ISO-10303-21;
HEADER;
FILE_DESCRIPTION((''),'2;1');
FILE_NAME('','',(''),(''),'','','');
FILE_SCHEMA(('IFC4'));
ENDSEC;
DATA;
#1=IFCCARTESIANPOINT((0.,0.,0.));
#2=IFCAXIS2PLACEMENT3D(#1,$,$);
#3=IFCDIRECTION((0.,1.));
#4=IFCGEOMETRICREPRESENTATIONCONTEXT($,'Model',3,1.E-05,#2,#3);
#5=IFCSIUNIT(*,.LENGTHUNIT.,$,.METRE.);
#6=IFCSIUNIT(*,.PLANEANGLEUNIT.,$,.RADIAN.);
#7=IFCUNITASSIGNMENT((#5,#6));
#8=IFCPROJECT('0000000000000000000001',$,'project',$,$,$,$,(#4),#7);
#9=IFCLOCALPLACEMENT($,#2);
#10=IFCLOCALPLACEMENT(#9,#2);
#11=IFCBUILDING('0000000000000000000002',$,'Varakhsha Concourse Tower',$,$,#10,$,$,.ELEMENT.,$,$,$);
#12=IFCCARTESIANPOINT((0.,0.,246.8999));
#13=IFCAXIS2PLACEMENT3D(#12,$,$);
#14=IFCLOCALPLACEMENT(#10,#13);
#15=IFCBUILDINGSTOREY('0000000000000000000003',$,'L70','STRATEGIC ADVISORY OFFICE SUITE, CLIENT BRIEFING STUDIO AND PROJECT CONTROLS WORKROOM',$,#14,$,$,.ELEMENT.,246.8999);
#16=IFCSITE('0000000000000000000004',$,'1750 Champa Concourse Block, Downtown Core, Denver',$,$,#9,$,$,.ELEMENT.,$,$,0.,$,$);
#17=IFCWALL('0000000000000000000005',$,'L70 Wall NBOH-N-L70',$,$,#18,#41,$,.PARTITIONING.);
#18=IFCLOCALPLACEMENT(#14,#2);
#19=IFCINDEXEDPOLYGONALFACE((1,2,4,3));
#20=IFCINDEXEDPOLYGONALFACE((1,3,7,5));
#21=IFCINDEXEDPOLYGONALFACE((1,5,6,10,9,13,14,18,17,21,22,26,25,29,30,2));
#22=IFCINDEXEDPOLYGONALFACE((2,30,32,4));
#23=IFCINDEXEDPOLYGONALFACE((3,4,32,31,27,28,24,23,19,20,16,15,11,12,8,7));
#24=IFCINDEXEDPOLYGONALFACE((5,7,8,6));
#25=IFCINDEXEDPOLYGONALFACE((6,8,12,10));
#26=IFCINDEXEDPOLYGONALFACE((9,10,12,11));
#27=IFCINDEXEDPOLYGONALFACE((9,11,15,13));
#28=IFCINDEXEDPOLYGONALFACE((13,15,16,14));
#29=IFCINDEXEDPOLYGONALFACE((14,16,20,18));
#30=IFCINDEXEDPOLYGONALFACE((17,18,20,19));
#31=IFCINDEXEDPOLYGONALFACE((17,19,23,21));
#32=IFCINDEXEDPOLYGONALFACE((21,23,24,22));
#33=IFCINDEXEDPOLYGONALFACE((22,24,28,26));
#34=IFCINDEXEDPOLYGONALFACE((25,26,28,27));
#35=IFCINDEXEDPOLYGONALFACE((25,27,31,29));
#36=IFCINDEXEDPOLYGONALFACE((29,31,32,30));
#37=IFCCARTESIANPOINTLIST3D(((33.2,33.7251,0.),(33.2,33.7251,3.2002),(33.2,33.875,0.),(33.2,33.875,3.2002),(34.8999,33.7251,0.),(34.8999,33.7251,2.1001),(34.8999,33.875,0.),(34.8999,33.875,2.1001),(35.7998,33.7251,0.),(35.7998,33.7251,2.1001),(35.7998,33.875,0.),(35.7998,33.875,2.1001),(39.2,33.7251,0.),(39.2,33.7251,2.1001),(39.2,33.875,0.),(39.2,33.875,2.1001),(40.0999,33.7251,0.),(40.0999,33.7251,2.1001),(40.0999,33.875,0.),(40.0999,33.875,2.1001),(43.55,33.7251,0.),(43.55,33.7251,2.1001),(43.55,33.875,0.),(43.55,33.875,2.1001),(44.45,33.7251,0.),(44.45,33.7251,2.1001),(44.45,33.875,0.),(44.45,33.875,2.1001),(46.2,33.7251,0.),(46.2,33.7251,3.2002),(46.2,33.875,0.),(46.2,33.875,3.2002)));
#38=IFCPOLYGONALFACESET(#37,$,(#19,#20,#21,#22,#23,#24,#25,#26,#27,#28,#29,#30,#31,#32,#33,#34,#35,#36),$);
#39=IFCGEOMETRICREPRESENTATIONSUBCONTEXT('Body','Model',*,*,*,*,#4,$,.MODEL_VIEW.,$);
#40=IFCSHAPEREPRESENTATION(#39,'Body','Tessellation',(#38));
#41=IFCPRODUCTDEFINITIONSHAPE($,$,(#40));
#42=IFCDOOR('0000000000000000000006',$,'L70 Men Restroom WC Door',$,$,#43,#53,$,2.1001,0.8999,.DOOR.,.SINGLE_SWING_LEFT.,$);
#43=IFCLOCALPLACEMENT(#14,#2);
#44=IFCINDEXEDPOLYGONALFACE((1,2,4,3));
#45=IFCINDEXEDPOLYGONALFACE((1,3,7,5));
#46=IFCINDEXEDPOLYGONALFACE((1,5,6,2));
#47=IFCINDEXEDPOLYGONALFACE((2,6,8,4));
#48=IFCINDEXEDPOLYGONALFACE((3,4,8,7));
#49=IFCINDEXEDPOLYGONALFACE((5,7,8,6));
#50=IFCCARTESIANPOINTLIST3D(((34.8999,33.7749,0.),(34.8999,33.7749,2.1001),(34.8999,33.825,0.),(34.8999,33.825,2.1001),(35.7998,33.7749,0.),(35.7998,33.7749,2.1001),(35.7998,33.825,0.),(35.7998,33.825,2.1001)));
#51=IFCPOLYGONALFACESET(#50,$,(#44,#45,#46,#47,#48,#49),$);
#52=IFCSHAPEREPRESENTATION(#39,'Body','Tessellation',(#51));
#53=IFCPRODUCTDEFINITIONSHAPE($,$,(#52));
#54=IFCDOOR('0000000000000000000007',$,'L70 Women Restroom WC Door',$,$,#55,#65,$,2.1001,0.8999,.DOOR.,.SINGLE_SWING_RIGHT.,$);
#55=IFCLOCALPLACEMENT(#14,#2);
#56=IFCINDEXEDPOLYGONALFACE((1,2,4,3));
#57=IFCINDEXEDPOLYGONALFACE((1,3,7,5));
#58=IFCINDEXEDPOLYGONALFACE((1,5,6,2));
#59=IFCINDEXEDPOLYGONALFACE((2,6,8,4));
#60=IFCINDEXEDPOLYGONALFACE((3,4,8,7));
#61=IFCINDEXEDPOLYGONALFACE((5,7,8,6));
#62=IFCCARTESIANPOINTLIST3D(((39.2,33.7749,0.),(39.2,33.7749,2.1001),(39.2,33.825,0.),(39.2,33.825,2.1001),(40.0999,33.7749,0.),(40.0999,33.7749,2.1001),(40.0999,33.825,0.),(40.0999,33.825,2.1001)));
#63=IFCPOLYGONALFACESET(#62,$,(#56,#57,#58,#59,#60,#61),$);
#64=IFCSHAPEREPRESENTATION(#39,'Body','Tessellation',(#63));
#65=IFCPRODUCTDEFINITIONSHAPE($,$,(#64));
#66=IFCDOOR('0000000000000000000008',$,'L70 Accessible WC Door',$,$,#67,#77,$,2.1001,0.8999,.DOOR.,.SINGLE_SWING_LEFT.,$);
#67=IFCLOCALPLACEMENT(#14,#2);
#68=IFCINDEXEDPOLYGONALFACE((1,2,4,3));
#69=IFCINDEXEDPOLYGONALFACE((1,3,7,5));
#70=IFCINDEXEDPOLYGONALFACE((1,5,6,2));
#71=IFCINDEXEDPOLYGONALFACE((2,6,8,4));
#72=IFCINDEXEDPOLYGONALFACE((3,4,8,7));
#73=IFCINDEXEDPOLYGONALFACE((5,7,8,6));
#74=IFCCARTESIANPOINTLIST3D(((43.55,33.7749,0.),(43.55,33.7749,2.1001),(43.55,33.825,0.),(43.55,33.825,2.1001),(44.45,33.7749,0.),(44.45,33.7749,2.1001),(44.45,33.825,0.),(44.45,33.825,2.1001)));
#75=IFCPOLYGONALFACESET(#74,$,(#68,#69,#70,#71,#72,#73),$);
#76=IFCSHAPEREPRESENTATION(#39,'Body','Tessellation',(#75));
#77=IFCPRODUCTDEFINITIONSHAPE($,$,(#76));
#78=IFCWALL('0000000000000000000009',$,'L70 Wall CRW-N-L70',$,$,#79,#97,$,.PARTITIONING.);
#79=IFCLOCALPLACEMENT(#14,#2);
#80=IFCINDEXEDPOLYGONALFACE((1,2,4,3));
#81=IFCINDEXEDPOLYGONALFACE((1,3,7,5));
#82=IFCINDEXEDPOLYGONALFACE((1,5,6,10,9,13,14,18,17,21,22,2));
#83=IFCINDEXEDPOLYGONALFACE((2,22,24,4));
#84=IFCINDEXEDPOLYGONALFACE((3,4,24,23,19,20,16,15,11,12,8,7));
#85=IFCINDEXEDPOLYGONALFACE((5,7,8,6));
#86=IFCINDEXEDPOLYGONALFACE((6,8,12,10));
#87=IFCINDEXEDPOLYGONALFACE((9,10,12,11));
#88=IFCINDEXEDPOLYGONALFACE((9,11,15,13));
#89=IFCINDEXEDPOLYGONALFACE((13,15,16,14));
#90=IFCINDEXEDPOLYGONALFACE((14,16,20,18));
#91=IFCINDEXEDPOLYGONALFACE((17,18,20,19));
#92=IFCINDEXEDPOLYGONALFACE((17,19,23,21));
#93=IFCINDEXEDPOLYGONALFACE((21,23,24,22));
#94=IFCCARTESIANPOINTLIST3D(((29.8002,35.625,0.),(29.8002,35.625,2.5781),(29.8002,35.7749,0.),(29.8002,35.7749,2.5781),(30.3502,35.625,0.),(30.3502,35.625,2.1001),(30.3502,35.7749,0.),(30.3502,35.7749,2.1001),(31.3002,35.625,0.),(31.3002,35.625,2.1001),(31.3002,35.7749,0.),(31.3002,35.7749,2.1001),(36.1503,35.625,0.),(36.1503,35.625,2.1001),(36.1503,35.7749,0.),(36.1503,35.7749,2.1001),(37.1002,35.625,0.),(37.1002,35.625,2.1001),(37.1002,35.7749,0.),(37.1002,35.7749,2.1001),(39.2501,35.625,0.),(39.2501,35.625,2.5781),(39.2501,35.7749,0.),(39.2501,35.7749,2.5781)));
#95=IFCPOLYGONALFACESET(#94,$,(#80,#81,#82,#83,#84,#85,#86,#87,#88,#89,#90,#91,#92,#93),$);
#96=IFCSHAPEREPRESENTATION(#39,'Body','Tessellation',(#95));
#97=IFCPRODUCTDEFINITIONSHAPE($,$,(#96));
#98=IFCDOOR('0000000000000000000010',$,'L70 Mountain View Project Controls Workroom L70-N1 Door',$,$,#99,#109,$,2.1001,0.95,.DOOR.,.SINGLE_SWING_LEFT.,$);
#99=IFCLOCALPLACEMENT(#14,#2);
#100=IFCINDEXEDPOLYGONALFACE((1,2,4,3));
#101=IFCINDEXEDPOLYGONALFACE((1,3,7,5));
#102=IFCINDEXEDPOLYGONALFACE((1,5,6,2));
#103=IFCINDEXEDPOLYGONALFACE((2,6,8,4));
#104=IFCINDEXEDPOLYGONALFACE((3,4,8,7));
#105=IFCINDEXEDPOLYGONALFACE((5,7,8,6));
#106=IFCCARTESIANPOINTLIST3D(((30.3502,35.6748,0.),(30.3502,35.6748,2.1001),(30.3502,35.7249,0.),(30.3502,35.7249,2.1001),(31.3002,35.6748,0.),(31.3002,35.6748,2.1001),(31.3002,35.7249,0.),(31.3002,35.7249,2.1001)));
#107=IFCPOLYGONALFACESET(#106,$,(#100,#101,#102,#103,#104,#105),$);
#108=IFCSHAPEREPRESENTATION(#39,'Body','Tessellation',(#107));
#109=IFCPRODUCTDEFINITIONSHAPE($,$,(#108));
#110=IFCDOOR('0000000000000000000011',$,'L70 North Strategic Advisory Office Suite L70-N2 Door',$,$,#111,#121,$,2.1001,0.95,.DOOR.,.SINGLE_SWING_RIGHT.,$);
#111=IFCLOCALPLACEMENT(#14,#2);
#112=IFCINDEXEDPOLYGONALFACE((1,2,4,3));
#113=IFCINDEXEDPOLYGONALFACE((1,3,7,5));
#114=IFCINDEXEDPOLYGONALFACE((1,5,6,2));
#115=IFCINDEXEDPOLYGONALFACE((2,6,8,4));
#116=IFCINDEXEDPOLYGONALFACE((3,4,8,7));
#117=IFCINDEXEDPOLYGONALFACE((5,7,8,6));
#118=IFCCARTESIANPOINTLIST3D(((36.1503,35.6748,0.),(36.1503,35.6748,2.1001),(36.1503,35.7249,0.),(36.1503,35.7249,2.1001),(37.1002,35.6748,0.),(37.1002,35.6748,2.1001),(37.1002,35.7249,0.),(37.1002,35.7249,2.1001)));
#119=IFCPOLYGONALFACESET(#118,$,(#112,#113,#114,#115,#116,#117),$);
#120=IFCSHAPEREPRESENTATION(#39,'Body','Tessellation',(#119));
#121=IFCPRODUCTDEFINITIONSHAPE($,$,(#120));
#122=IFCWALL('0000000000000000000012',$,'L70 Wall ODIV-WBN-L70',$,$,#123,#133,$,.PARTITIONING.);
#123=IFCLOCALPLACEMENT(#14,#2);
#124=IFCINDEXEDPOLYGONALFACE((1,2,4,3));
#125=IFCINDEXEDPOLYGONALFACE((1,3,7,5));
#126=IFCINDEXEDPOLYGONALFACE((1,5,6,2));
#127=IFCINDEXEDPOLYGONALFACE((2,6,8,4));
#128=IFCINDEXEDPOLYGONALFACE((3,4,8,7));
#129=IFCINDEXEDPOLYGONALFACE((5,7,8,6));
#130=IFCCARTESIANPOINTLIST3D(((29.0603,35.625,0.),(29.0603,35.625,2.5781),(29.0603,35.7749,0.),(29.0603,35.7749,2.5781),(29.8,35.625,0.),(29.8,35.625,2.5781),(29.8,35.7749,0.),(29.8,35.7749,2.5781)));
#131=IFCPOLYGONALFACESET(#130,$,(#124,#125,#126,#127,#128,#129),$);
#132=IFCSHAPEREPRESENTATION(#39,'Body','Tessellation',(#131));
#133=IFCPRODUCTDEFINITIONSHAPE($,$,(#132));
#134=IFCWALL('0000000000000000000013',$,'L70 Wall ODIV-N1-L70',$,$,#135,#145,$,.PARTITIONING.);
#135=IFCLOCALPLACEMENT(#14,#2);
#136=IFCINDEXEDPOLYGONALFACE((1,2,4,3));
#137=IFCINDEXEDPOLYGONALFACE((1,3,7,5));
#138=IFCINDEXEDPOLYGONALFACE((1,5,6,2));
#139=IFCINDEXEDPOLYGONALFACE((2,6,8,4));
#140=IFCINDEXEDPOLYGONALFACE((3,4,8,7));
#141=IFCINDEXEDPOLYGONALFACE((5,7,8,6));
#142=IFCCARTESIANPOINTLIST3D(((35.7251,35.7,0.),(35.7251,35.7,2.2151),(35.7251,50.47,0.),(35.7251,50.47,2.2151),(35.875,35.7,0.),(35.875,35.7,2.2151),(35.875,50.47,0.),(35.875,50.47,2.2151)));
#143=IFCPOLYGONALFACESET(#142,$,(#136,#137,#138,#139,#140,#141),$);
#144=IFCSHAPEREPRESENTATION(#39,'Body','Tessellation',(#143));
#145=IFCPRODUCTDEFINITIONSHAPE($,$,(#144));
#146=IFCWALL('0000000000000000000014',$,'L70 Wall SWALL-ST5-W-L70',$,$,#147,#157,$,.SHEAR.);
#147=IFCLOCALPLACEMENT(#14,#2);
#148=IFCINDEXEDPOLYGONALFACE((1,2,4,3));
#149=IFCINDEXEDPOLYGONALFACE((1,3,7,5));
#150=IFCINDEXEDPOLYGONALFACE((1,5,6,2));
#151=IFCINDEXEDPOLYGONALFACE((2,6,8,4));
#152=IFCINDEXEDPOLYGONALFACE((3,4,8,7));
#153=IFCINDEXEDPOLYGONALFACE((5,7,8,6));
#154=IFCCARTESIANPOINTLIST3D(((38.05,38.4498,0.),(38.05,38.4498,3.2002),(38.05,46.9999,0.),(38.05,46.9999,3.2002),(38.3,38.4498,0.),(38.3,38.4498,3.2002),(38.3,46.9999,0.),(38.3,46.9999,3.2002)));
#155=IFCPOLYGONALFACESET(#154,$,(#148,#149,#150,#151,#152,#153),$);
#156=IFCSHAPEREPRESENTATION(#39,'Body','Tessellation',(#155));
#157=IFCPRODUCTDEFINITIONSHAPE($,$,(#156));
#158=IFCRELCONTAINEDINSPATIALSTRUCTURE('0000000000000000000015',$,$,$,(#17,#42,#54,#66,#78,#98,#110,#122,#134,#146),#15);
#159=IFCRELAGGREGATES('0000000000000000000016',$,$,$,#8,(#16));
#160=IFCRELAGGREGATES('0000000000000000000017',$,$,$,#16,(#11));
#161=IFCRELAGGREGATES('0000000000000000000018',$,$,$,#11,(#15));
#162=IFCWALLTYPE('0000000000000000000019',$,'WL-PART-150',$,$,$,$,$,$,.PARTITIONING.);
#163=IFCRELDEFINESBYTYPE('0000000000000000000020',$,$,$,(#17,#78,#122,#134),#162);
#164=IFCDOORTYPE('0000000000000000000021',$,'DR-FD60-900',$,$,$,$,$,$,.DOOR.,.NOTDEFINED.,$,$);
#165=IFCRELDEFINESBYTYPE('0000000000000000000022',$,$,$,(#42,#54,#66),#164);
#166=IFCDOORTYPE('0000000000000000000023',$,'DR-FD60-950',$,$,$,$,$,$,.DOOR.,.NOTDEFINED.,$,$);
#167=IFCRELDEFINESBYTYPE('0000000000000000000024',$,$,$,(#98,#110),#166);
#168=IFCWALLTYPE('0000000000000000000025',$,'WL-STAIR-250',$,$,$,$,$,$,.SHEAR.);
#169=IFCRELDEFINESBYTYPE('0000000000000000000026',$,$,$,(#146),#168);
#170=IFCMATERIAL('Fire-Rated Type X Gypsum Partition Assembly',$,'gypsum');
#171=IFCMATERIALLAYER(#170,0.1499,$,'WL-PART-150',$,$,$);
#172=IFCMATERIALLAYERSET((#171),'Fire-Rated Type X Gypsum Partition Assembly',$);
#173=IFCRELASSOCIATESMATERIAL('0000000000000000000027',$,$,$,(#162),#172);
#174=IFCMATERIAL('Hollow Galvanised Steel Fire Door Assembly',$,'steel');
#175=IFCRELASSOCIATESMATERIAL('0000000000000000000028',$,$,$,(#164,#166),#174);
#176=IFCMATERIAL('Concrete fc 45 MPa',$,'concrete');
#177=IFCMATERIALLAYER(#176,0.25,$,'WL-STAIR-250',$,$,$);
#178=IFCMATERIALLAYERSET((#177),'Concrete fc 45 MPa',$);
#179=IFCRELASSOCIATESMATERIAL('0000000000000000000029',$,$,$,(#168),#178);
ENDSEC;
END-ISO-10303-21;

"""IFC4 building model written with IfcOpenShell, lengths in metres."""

from ifc_helpers import new_model, si_unit, direction, frame, frame_2d, origin, place, context, subcontext, project, spatial, rectangle, extrude, material, layer, layer_set, type_object, element, fill, save


model = new_model("IFC4")

# Units and contexts
model_context = context("Model", 3, precision=1e-05, world=origin(), true_north=direction((0.0, 1.0)))
body_context = subcontext(model_context, "Body", "Model", "MODEL_VIEW")
ifc_project = project(units=[si_unit("LENGTHUNIT", "METRE"), si_unit("PLANEANGLEUNIT", "RADIAN")], contexts=[model_context])

# Site, building, storey
site_placement = place(None, origin())
site = spatial("IfcSite", under=ifc_project, at=site_placement, Name="1750 Champa Concourse Block, Downtown Core, Denver", CompositionType="ELEMENT", RefElevation=0.0)
building_placement = place(site_placement, origin())
building = spatial("IfcBuilding", under=site, at=building_placement, Name="Varakhsha Concourse Tower", CompositionType="ELEMENT")
storey_placement = place(building_placement, frame((0.0, 0.0, 246.8999)))
storey = spatial("IfcBuildingStorey", under=building, at=storey_placement, Name="L70", Description="STRATEGIC ADVISORY OFFICE SUITE, CLIENT BRIEFING STUDIO AND PROJECT CONTROLS WORKROOM", CompositionType="ELEMENT", Elevation=246.8999)

# Walls, openings, doors
ifc_material_1 = material(Name="Fire-Rated Type X Gypsum Partition Assembly", Category="gypsum")
ifc_layer_1 = layer(ifc_material_1, 0.1499, Name="WL-PART-150")
ifc_layer_set_1 = layer_set([ifc_layer_1], Name="Fire-Rated Type X Gypsum Partition Assembly")
wall_type_1 = type_object("IfcWallType", Name="WL-PART-150", PredefinedType="PARTITIONING", material=ifc_layer_set_1)
wall_1_placement = place(storey_placement, frame((33.2, 33.8, 0.0), z_axis=(0.0, 0.0, 1.0), x_axis=(1.0, 0.0, 0.0)))
wall_1 = element("IfcWall", 1, at=wall_1_placement, inside=storey, type_object=wall_type_1, Name="L70 Wall NBOH-N-L70", PredefinedType="PARTITIONING", context=body_context, shape_type="SweptSolid", body=[
    extrude(rectangle(XDim=13.0, YDim=0.1499, at=frame_2d((6.5, 0.0))), origin(), (0.0, 0.0, 1.0), 3.2002),
])
opening_1_placement = place(wall_1_placement, frame((1.7, 0.0, 0.0)))
opening_1 = element("IfcOpeningElement", 2, at=opening_1_placement, cuts=wall_1, PredefinedType="OPENING", context=body_context, shape_type="SweptSolid", body=[
    extrude(rectangle(XDim=0.8999, YDim=2.1001, at=frame_2d((0.45, 1.05))), frame((0.0, 0.085, 0.0), z_axis=(0.0, -1.0, 0.0), x_axis=(1.0, 0.0, 0.0)), (0.0, 0.0, 1.0), 0.1699),
])
opening_2_placement = place(wall_1_placement, frame((6.0, 0.0, 0.0)))
opening_2 = element("IfcOpeningElement", 3, at=opening_2_placement, cuts=wall_1, PredefinedType="OPENING", context=body_context, shape_type="SweptSolid", body=[
    extrude(rectangle(XDim=0.8999, YDim=2.1001, at=frame_2d((0.45, 1.05))), frame((0.0, 0.085, 0.0), z_axis=(0.0, -1.0, 0.0), x_axis=(1.0, 0.0, 0.0)), (0.0, 0.0, 1.0), 0.1699),
])
opening_3_placement = place(wall_1_placement, frame((10.3501, 0.0, 0.0)))
opening_3 = element("IfcOpeningElement", 4, at=opening_3_placement, cuts=wall_1, PredefinedType="OPENING", context=body_context, shape_type="SweptSolid", body=[
    extrude(rectangle(XDim=0.8999, YDim=2.1001, at=frame_2d((0.45, 1.05))), frame((0.0, 0.085, 0.0), z_axis=(0.0, -1.0, 0.0), x_axis=(1.0, 0.0, 0.0)), (0.0, 0.0, 1.0), 0.1699),
])
ifc_material_2 = material(Name="Hollow Galvanised Steel Fire Door Assembly", Category="steel")
door_type_1 = type_object("IfcDoorType", Name="DR-FD60-900", OperationType="NOTDEFINED", PredefinedType="DOOR", material=ifc_material_2)
door_1_placement = place(opening_1_placement, origin())
door_1 = element("IfcDoor", 5, at=door_1_placement, inside=storey, type_object=door_type_1, Name="L70 Men Restroom WC Door", OperationType="SINGLE_SWING_LEFT", OverallHeight=2.1001, OverallWidth=0.8999, PredefinedType="DOOR", context=body_context, shape_type="SweptSolid", body=[
    extrude(rectangle(XDim=0.8999, YDim=2.1001, at=frame_2d((0.45, 1.05))), frame((0.0, 0.0249, 0.0), z_axis=(0.0, -1.0, 0.0), x_axis=(1.0, 0.0, 0.0)), (0.0, 0.0, 1.0), 0.05),
])
fill(opening_1, door_1)
door_2_placement = place(opening_2_placement, origin())
door_2 = element("IfcDoor", 6, at=door_2_placement, inside=storey, type_object=door_type_1, Name="L70 Women Restroom WC Door", OperationType="SINGLE_SWING_RIGHT", OverallHeight=2.1001, OverallWidth=0.8999, PredefinedType="DOOR", context=body_context, shape_type="SweptSolid", body=[
    extrude(rectangle(XDim=0.8999, YDim=2.1001, at=frame_2d((0.45, 1.05))), frame((0.0, 0.0249, 0.0), z_axis=(0.0, -1.0, 0.0), x_axis=(1.0, 0.0, 0.0)), (0.0, 0.0, 1.0), 0.05),
])
fill(opening_2, door_2)
door_3_placement = place(opening_3_placement, origin())
door_3 = element("IfcDoor", 7, at=door_3_placement, inside=storey, type_object=door_type_1, Name="L70 Accessible WC Door", OperationType="SINGLE_SWING_LEFT", OverallHeight=2.1001, OverallWidth=0.8999, PredefinedType="DOOR", context=body_context, shape_type="SweptSolid", body=[
    extrude(rectangle(XDim=0.8999, YDim=2.1001, at=frame_2d((0.45, 1.05))), frame((0.0, 0.0249, 0.0), z_axis=(0.0, -1.0, 0.0), x_axis=(1.0, 0.0, 0.0)), (0.0, 0.0, 1.0), 0.05),
])
fill(opening_3, door_3)
wall_2_placement = place(storey_placement, frame((29.8, 35.7, 0.0), z_axis=(0.0, 0.0, 1.0), x_axis=(1.0, 0.0, 0.0)))
wall_2 = element("IfcWall", 8, at=wall_2_placement, inside=storey, type_object=wall_type_1, Name="L70 Wall CRW-N-L70", PredefinedType="PARTITIONING", context=body_context, shape_type="SweptSolid", body=[
    extrude(rectangle(XDim=9.45, YDim=0.1499, at=frame_2d((4.7251, 0.0))), origin(), (0.0, 0.0, 1.0), 2.5781),
])
opening_4_placement = place(wall_2_placement, frame((0.55, 0.0, 0.0)))
opening_4 = element("IfcOpeningElement", 9, at=opening_4_placement, cuts=wall_2, PredefinedType="OPENING", context=body_context, shape_type="SweptSolid", body=[
    extrude(rectangle(XDim=0.95, YDim=2.1001, at=frame_2d((0.4751, 1.05))), frame((0.0, 0.085, 0.0), z_axis=(0.0, -1.0, 0.0), x_axis=(1.0, 0.0, 0.0)), (0.0, 0.0, 1.0), 0.1699),
])
opening_5_placement = place(wall_2_placement, frame((6.3501, 0.0, 0.0)))
opening_5 = element("IfcOpeningElement", 10, at=opening_5_placement, cuts=wall_2, PredefinedType="OPENING", context=body_context, shape_type="SweptSolid", body=[
    extrude(rectangle(XDim=0.95, YDim=2.1001, at=frame_2d((0.4751, 1.05))), frame((0.0, 0.085, 0.0), z_axis=(0.0, -1.0, 0.0), x_axis=(1.0, 0.0, 0.0)), (0.0, 0.0, 1.0), 0.1699),
])
door_type_2 = type_object("IfcDoorType", Name="DR-FD60-950", OperationType="NOTDEFINED", PredefinedType="DOOR", material=ifc_material_2)
door_4_placement = place(opening_4_placement, origin())
door_4 = element("IfcDoor", 11, at=door_4_placement, inside=storey, type_object=door_type_2, Name="L70 Mountain View Project Controls Workroom L70-N1 Door", OperationType="SINGLE_SWING_LEFT", OverallHeight=2.1001, OverallWidth=0.95, PredefinedType="DOOR", context=body_context, shape_type="SweptSolid", body=[
    extrude(rectangle(XDim=0.95, YDim=2.1001, at=frame_2d((0.4751, 1.05))), frame((0.0, 0.0249, 0.0), z_axis=(0.0, -1.0, 0.0), x_axis=(1.0, 0.0, 0.0)), (0.0, 0.0, 1.0), 0.05),
])
fill(opening_4, door_4)
door_5_placement = place(opening_5_placement, origin())
door_5 = element("IfcDoor", 12, at=door_5_placement, inside=storey, type_object=door_type_2, Name="L70 North Strategic Advisory Office Suite L70-N2 Door", OperationType="SINGLE_SWING_RIGHT", OverallHeight=2.1001, OverallWidth=0.95, PredefinedType="DOOR", context=body_context, shape_type="SweptSolid", body=[
    extrude(rectangle(XDim=0.95, YDim=2.1001, at=frame_2d((0.4751, 1.05))), frame((0.0, 0.0249, 0.0), z_axis=(0.0, -1.0, 0.0), x_axis=(1.0, 0.0, 0.0)), (0.0, 0.0, 1.0), 0.05),
])
fill(opening_5, door_5)

# Walls
wall_3_placement = place(storey_placement, frame((29.0603, 35.7, 0.0), z_axis=(0.0, 0.0, 1.0), x_axis=(1.0, 0.0, 0.0)))
element("IfcWall", 13, at=wall_3_placement, inside=storey, type_object=wall_type_1, Name="L70 Wall ODIV-WBN-L70", PredefinedType="PARTITIONING", context=body_context, shape_type="SweptSolid", body=[
    extrude(rectangle(XDim=0.7397, YDim=0.1499, at=frame_2d((0.3699, 0.0))), origin(), (0.0, 0.0, 1.0), 2.5781),
])
wall_4_placement = place(storey_placement, frame((35.8, 35.7, 0.0), z_axis=(0.0, 0.0, 1.0), x_axis=(0.0, 1.0, 0.0)))
element("IfcWall", 14, at=wall_4_placement, inside=storey, type_object=wall_type_1, Name="L70 Wall ODIV-N1-L70", PredefinedType="PARTITIONING", context=body_context, shape_type="SweptSolid", body=[
    extrude(rectangle(XDim=14.77, YDim=0.1499, at=frame_2d((7.385, 0.0))), origin(), (0.0, 0.0, 1.0), 2.2151),
])
ifc_material_3 = material(Name="Concrete fc 45 MPa", Category="concrete")
ifc_layer_2 = layer(ifc_material_3, 0.25, Name="WL-STAIR-250")
ifc_layer_set_2 = layer_set([ifc_layer_2], Name="Concrete fc 45 MPa")
wall_type_2 = type_object("IfcWallType", Name="WL-STAIR-250", PredefinedType="SHEAR", material=ifc_layer_set_2)
wall_5_placement = place(storey_placement, frame((38.175, 38.45, 0.0), z_axis=(0.0, 0.0, 1.0), x_axis=(0.0, 1.0, 0.0)))
element("IfcWall", 15, at=wall_5_placement, inside=storey, type_object=wall_type_2, Name="L70 Wall SWALL-ST5-W-L70", PredefinedType="SHEAR", context=body_context, shape_type="SweptSolid", body=[
    extrude(rectangle(XDim=8.55, YDim=0.25, at=frame_2d((4.2749, 0.0))), origin(), (0.0, 0.0, 1.0), 3.2002),
])

save(model, "model.ifc")
